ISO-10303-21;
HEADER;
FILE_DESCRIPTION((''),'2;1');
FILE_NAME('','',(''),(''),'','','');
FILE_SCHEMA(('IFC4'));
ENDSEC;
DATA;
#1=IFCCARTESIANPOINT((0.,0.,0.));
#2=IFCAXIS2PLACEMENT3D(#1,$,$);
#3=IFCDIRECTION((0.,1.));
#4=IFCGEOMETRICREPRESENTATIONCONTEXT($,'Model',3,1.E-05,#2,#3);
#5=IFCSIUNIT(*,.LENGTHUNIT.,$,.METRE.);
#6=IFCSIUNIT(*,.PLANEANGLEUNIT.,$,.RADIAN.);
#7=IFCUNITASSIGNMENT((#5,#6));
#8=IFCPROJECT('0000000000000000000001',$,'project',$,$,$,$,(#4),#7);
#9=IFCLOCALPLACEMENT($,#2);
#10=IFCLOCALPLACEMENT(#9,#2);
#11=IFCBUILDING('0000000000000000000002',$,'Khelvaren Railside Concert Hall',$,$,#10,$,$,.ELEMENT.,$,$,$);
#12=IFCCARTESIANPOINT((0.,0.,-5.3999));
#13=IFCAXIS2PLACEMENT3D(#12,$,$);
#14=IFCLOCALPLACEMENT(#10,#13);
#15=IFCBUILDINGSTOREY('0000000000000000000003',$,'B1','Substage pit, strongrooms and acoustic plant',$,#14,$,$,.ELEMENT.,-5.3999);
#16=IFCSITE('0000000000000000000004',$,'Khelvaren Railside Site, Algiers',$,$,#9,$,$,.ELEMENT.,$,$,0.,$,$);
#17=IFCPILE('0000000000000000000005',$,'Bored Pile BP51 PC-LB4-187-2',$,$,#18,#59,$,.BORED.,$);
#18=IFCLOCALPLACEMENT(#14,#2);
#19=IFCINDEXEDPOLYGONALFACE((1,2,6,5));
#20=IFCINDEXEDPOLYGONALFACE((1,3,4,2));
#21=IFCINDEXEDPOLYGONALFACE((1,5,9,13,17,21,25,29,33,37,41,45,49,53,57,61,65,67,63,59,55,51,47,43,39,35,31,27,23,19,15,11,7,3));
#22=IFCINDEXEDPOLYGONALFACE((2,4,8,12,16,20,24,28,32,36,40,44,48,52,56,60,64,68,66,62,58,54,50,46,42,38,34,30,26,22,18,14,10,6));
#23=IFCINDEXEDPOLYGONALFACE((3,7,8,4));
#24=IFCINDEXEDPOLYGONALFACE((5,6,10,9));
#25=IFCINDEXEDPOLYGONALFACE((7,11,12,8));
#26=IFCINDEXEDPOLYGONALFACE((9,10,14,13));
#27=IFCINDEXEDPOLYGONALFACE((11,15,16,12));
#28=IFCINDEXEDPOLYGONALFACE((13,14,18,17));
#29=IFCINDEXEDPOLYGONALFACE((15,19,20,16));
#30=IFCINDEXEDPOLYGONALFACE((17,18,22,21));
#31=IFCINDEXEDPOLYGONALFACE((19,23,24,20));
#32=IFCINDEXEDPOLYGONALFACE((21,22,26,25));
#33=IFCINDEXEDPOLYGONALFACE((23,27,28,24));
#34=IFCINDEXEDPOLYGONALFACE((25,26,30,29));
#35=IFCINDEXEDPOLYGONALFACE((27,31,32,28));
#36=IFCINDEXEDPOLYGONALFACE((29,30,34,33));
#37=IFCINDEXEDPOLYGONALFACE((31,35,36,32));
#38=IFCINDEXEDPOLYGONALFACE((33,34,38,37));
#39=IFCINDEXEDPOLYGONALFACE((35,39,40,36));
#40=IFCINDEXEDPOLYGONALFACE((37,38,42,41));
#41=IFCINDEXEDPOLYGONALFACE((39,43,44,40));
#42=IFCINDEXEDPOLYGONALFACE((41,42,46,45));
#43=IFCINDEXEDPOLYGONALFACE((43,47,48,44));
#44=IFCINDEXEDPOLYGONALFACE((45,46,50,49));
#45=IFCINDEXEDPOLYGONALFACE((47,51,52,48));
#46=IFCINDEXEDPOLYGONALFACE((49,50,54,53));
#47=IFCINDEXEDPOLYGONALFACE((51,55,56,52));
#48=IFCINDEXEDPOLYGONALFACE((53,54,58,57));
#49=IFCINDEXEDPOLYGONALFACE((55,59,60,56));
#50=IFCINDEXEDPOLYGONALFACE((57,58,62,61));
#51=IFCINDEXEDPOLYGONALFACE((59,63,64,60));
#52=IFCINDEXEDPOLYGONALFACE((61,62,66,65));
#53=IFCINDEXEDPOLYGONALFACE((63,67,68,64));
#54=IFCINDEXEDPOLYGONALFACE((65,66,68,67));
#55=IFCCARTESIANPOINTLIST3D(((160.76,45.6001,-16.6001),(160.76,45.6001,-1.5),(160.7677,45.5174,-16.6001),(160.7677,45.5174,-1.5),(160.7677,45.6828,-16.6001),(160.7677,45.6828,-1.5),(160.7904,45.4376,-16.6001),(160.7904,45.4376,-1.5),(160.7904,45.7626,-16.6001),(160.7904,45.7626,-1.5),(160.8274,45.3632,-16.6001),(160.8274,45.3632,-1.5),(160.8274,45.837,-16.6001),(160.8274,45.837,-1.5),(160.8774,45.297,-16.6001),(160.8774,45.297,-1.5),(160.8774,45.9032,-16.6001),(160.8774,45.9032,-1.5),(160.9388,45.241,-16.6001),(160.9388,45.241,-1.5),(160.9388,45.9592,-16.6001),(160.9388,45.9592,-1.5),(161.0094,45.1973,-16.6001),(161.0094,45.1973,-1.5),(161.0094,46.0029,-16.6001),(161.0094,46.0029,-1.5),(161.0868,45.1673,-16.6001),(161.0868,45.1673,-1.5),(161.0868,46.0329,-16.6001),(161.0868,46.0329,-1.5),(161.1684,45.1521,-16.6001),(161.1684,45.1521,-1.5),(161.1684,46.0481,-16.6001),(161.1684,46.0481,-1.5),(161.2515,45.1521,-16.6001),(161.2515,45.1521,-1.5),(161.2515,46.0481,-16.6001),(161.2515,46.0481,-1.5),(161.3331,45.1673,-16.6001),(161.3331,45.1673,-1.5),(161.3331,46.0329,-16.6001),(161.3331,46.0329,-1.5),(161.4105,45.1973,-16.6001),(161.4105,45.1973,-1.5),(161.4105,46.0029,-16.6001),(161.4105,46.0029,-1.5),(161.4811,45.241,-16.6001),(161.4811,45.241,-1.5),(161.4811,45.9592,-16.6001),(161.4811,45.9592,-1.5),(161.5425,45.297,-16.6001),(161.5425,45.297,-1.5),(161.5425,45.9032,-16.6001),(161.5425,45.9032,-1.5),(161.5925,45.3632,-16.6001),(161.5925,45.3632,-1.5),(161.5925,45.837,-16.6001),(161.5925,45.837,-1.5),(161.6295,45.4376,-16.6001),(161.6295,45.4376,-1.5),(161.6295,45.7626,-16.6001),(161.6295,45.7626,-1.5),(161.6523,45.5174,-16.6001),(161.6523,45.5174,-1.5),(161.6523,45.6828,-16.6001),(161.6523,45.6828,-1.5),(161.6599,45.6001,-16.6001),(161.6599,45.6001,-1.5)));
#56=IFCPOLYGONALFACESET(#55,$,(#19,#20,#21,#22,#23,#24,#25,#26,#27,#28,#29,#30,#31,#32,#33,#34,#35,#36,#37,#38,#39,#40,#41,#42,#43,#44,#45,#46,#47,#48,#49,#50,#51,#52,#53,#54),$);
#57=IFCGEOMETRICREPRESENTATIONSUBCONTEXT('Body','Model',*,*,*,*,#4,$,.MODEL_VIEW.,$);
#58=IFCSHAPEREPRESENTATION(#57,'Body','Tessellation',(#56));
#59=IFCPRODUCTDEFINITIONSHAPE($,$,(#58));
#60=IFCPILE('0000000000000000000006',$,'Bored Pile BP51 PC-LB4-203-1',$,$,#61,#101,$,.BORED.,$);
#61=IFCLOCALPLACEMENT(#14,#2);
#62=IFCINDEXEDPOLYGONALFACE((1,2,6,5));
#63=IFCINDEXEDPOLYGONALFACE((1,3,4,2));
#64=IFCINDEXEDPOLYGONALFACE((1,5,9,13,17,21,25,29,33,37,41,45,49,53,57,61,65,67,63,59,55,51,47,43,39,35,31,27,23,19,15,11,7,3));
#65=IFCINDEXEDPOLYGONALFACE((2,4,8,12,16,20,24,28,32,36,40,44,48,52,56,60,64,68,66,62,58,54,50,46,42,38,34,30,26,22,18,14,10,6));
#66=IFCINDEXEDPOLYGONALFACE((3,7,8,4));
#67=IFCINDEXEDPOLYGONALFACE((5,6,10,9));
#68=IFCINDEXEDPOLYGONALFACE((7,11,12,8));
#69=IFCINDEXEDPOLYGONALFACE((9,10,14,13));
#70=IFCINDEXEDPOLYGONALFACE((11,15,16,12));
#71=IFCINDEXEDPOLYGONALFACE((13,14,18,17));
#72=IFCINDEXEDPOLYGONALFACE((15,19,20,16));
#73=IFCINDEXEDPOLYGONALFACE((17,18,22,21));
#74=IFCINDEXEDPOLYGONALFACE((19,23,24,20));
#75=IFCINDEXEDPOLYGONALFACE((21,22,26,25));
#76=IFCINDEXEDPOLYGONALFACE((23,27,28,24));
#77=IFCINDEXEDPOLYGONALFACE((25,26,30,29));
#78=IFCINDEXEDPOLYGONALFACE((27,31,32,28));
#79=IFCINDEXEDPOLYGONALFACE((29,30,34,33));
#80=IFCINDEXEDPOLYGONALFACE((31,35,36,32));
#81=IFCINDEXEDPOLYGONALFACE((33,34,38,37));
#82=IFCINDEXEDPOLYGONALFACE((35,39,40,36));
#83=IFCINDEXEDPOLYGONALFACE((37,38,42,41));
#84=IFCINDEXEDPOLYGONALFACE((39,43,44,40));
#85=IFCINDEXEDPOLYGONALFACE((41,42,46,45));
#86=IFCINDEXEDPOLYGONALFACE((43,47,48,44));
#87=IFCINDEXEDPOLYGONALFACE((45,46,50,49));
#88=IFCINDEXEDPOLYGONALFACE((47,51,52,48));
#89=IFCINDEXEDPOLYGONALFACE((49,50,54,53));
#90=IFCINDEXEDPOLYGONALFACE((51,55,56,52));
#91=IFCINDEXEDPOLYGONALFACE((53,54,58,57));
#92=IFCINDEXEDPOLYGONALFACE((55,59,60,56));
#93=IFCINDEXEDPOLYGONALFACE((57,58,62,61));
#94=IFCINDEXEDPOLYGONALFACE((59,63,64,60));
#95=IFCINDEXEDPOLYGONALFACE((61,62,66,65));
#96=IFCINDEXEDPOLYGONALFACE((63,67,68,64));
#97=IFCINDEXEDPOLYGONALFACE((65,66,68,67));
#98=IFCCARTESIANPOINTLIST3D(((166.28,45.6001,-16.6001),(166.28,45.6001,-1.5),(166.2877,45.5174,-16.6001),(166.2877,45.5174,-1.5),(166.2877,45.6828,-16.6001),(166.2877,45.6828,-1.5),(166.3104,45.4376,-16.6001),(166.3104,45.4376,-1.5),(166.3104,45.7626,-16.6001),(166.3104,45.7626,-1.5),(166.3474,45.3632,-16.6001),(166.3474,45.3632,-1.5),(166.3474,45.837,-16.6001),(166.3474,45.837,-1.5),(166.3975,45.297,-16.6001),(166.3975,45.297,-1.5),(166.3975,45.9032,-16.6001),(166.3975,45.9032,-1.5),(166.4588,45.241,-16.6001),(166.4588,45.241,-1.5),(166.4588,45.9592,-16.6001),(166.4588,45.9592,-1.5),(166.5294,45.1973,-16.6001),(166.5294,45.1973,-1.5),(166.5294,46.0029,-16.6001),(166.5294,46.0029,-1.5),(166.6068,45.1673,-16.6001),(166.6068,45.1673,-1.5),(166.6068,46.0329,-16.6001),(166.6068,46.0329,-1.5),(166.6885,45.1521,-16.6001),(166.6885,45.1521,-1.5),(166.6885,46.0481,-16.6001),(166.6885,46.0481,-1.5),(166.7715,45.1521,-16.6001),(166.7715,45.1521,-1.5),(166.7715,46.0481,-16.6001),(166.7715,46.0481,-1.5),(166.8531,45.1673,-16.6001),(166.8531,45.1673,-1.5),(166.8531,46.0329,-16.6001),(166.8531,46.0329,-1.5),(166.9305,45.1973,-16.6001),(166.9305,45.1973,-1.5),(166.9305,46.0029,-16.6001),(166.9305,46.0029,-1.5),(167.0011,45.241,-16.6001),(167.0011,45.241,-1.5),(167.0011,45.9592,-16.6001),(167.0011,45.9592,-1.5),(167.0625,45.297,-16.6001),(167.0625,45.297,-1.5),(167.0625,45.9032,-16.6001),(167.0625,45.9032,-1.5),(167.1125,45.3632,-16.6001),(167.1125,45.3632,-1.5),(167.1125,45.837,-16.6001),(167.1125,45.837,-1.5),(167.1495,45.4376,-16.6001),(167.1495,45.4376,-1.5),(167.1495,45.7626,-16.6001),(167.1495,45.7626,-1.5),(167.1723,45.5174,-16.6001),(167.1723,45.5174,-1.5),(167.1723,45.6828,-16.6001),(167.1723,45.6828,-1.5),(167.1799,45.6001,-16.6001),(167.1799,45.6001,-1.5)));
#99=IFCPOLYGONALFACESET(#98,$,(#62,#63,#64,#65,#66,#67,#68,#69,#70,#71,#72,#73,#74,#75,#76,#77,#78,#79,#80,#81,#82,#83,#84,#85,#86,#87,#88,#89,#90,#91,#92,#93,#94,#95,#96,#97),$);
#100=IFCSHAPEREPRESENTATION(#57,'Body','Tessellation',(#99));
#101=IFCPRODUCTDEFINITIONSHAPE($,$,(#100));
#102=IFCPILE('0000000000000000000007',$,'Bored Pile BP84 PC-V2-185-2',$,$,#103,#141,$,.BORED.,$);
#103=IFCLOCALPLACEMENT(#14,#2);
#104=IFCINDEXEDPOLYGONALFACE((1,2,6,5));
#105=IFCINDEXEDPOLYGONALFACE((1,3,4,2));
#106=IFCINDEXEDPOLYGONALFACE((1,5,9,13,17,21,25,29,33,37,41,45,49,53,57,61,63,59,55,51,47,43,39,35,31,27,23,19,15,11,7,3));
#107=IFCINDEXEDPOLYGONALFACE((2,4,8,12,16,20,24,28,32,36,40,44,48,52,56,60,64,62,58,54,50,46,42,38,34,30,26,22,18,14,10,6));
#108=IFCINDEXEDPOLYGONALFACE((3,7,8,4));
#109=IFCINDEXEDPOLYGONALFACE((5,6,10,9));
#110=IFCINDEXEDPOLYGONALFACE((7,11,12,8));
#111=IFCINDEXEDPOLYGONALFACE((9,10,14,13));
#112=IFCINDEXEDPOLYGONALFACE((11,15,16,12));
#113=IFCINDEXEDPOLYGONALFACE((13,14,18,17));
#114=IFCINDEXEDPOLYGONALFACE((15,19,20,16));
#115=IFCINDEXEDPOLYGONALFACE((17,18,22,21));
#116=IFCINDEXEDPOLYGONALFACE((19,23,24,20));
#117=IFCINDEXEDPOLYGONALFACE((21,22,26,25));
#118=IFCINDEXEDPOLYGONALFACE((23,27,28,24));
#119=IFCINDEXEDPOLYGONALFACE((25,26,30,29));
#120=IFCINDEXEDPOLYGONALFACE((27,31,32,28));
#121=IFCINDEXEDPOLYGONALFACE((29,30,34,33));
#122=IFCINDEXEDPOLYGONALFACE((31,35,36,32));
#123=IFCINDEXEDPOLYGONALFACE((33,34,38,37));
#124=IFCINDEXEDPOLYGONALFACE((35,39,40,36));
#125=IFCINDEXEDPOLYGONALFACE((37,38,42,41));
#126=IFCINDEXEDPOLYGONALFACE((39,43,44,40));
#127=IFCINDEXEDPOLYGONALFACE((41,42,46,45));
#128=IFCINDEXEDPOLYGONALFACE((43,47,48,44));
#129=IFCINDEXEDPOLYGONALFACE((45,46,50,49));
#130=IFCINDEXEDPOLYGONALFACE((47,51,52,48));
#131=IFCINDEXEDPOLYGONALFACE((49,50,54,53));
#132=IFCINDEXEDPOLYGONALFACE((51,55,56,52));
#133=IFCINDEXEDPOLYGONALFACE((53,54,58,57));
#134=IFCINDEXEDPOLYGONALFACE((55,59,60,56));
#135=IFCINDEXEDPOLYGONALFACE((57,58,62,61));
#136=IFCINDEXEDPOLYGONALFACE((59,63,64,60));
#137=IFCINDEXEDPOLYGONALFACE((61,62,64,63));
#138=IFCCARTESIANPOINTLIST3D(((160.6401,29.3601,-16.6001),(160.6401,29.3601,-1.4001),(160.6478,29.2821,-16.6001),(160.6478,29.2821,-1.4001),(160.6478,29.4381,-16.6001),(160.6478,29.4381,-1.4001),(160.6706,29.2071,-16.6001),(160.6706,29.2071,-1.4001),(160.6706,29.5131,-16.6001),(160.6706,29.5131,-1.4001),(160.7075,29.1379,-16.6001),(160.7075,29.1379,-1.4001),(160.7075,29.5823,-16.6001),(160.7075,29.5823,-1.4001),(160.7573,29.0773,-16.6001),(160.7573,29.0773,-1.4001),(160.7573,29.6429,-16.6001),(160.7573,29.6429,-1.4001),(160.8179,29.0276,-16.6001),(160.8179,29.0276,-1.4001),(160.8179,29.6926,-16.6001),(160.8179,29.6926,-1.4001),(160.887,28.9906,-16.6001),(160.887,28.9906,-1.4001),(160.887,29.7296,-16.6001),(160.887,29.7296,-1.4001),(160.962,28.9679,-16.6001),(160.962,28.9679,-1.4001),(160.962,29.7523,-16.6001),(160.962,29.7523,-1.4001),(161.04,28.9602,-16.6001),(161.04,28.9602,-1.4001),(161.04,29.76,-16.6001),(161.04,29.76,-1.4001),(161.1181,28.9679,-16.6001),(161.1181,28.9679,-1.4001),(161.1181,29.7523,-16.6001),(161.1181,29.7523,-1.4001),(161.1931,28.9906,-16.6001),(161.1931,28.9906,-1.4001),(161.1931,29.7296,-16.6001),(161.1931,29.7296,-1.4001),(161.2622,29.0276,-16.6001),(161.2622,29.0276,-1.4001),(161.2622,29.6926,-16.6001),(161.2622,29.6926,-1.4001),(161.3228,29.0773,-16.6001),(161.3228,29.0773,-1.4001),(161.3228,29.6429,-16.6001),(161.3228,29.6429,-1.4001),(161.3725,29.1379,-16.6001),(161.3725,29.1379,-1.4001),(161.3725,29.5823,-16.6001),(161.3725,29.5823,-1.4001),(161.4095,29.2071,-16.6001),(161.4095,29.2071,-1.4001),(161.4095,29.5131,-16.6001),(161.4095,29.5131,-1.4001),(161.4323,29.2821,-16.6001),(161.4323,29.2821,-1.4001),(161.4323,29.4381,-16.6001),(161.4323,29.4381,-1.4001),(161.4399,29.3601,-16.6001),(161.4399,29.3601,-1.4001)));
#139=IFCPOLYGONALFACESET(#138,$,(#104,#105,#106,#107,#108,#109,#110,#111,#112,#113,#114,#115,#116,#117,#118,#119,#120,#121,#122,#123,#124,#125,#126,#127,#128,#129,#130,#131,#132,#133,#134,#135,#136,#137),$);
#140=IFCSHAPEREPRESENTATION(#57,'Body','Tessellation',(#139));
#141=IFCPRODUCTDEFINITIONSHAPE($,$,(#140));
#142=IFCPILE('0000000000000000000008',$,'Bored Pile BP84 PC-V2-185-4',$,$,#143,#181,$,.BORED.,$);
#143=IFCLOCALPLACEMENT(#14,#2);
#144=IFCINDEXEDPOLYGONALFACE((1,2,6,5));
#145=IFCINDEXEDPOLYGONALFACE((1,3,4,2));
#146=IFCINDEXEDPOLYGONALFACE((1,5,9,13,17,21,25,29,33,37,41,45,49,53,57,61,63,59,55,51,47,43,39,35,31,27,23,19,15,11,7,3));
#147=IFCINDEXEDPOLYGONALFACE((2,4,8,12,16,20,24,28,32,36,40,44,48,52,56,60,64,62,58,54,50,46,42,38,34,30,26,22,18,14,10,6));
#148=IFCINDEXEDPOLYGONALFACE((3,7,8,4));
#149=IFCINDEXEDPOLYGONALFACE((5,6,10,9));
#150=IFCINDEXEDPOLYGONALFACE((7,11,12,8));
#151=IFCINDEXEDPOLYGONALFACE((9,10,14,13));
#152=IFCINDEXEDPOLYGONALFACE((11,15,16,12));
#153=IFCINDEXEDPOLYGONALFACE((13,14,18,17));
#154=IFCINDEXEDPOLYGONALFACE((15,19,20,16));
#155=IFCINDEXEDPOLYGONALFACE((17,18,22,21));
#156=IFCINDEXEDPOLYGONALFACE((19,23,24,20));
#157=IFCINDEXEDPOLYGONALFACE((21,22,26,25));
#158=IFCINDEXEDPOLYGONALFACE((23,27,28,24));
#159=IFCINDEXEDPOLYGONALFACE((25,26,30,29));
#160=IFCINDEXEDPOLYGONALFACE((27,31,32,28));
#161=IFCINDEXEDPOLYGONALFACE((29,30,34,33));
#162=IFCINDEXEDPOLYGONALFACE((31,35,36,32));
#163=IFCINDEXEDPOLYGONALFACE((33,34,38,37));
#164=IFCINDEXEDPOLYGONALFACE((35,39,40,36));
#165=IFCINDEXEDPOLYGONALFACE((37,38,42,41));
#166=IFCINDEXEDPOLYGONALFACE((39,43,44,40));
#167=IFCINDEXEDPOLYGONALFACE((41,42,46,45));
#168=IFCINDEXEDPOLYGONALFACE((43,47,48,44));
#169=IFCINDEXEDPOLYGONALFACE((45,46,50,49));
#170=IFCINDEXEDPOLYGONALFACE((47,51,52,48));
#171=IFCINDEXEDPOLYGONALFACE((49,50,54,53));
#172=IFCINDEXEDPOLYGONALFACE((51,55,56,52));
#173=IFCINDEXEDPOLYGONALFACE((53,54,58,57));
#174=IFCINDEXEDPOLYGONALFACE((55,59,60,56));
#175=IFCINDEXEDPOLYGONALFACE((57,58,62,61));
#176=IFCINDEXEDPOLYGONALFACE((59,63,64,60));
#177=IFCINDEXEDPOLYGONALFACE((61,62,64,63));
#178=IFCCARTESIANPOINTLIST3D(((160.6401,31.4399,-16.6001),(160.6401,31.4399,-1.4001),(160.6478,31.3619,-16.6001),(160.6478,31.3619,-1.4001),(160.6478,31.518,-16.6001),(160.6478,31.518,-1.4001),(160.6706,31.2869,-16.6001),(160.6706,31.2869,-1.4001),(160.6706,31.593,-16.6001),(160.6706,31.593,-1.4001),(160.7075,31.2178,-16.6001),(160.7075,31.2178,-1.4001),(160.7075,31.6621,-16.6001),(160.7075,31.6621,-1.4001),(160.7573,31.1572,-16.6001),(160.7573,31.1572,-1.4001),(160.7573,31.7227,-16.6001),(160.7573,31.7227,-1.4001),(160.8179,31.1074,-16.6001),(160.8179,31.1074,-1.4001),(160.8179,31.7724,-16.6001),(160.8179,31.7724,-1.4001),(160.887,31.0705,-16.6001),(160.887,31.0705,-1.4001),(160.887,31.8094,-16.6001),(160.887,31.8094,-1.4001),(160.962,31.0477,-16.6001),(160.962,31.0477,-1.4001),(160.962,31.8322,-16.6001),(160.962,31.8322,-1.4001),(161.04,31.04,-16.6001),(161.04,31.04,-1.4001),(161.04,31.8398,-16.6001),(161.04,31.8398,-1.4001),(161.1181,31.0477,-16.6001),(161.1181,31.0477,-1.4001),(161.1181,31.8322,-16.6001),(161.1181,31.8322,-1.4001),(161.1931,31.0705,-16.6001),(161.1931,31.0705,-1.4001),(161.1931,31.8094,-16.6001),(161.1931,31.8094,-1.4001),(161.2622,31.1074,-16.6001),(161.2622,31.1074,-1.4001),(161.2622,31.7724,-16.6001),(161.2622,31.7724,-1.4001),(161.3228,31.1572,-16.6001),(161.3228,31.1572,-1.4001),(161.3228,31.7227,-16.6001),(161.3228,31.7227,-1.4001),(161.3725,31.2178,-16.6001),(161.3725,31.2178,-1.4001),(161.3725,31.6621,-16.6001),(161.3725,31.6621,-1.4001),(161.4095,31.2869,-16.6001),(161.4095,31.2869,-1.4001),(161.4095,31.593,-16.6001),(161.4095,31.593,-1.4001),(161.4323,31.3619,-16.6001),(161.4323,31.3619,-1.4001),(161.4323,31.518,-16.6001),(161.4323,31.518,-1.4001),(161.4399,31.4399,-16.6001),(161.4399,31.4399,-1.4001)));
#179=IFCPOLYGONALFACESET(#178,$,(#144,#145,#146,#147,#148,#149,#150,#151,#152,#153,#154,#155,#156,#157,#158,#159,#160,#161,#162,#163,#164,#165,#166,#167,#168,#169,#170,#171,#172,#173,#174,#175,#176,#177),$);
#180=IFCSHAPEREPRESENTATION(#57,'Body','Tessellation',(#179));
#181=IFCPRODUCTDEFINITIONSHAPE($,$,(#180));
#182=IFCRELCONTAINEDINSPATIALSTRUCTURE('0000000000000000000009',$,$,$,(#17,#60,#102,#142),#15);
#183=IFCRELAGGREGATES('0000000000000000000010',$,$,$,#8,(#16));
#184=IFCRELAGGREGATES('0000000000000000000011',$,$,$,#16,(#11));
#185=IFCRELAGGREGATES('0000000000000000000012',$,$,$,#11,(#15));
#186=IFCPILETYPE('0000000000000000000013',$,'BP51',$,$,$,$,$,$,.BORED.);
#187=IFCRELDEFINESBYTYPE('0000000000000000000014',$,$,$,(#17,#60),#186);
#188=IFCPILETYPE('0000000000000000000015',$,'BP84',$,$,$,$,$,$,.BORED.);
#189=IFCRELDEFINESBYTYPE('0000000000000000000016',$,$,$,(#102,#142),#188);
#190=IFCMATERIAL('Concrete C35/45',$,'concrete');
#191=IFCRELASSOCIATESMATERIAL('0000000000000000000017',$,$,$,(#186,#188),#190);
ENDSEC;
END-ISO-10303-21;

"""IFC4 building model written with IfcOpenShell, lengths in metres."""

from ifc_helpers import new_model, si_unit, direction, frame, origin, origin_2d, place, context, subcontext, project, spatial, circle, extrude, material, material_profile, profile_set, type_object, element, save


model = new_model("IFC4")

# Units and contexts
model_context = context("Model", 3, precision=1e-05, world=origin(), true_north=direction((0.0, 1.0)))
body_context = subcontext(model_context, "Body", "Model", "MODEL_VIEW")
ifc_project = project(units=[si_unit("LENGTHUNIT", "METRE"), si_unit("PLANEANGLEUNIT", "RADIAN")], contexts=[model_context])

# Site, building, storey
site_placement = place(None, origin())
site = spatial("IfcSite", under=ifc_project, at=site_placement, Name="Khelvaren Railside Site, Algiers", CompositionType="ELEMENT", RefElevation=0.0)
building_placement = place(site_placement, origin())
building = spatial("IfcBuilding", under=site, at=building_placement, Name="Khelvaren Railside Concert Hall", CompositionType="ELEMENT")
storey_placement = place(building_placement, frame((0.0, 0.0, -5.3999)))
storey = spatial("IfcBuildingStorey", under=building, at=storey_placement, Name="B1", Description="Substage pit, strongrooms and acoustic plant", CompositionType="ELEMENT", Elevation=-5.3999)

# Piles
ifc_material_1 = material(Name="Concrete C35/45", Category="concrete")
ifc_material_profile_1 = material_profile(ifc_material_1, circle(Radius=0.45, at=origin_2d()), Name="BP D900")
ifc_profile_set_1 = profile_set([ifc_material_profile_1], Name="Concrete C35/45")
pile_type_1 = type_object("IfcPileType", Name="BP51", PredefinedType="BORED", material=ifc_profile_set_1)
for number, where, z_axis, x_axis, name in (
    (1, (161.21, 45.6001, -1.5), (0.0, 0.0, -1.0), (1.0, 0.0, 0.0), "Bored Pile BP51 PC-LB4-187-2"),
    (2, (166.73, 45.6001, -1.5), (0.0, 0.0, -1.0), (1.0, 0.0, 0.0), "Bored Pile BP51 PC-LB4-203-1"),
):
    element("IfcPile", number, at=place(storey_placement, frame(where, z_axis=z_axis, x_axis=x_axis)), inside=storey, type_object=pile_type_1, Name=name, PredefinedType="BORED", context=body_context, shape_type="SweptSolid", body=[
        extrude(circle(Radius=0.45, at=origin_2d()), origin(), (0.0, 0.0, 1.0), 15.1001),
    ])
ifc_material_profile_2 = material_profile(ifc_material_1, circle(Radius=0.3999, at=origin_2d()), Name="BP D800")
ifc_profile_set_2 = profile_set([ifc_material_profile_2], Name="Concrete C35/45")
pile_type_2 = type_object("IfcPileType", Name="BP84", PredefinedType="BORED", material=ifc_profile_set_2)
for number, where, z_axis, x_axis, name in (
    (3, (161.04, 29.3601, -1.4001), (0.0, 0.0, -1.0), (1.0, 0.0, 0.0), "Bored Pile BP84 PC-V2-185-2"),
    (4, (161.04, 31.4399, -1.4001), (0.0, 0.0, -1.0), (1.0, 0.0, 0.0), "Bored Pile BP84 PC-V2-185-4"),
):
    element("IfcPile", number, at=place(storey_placement, frame(where, z_axis=z_axis, x_axis=x_axis)), inside=storey, type_object=pile_type_2, Name=name, PredefinedType="BORED", context=body_context, shape_type="SweptSolid", body=[
        extrude(circle(Radius=0.3999, at=origin_2d()), origin(), (0.0, 0.0, 1.0), 15.2),
    ])

save(model, "model.ifc")
